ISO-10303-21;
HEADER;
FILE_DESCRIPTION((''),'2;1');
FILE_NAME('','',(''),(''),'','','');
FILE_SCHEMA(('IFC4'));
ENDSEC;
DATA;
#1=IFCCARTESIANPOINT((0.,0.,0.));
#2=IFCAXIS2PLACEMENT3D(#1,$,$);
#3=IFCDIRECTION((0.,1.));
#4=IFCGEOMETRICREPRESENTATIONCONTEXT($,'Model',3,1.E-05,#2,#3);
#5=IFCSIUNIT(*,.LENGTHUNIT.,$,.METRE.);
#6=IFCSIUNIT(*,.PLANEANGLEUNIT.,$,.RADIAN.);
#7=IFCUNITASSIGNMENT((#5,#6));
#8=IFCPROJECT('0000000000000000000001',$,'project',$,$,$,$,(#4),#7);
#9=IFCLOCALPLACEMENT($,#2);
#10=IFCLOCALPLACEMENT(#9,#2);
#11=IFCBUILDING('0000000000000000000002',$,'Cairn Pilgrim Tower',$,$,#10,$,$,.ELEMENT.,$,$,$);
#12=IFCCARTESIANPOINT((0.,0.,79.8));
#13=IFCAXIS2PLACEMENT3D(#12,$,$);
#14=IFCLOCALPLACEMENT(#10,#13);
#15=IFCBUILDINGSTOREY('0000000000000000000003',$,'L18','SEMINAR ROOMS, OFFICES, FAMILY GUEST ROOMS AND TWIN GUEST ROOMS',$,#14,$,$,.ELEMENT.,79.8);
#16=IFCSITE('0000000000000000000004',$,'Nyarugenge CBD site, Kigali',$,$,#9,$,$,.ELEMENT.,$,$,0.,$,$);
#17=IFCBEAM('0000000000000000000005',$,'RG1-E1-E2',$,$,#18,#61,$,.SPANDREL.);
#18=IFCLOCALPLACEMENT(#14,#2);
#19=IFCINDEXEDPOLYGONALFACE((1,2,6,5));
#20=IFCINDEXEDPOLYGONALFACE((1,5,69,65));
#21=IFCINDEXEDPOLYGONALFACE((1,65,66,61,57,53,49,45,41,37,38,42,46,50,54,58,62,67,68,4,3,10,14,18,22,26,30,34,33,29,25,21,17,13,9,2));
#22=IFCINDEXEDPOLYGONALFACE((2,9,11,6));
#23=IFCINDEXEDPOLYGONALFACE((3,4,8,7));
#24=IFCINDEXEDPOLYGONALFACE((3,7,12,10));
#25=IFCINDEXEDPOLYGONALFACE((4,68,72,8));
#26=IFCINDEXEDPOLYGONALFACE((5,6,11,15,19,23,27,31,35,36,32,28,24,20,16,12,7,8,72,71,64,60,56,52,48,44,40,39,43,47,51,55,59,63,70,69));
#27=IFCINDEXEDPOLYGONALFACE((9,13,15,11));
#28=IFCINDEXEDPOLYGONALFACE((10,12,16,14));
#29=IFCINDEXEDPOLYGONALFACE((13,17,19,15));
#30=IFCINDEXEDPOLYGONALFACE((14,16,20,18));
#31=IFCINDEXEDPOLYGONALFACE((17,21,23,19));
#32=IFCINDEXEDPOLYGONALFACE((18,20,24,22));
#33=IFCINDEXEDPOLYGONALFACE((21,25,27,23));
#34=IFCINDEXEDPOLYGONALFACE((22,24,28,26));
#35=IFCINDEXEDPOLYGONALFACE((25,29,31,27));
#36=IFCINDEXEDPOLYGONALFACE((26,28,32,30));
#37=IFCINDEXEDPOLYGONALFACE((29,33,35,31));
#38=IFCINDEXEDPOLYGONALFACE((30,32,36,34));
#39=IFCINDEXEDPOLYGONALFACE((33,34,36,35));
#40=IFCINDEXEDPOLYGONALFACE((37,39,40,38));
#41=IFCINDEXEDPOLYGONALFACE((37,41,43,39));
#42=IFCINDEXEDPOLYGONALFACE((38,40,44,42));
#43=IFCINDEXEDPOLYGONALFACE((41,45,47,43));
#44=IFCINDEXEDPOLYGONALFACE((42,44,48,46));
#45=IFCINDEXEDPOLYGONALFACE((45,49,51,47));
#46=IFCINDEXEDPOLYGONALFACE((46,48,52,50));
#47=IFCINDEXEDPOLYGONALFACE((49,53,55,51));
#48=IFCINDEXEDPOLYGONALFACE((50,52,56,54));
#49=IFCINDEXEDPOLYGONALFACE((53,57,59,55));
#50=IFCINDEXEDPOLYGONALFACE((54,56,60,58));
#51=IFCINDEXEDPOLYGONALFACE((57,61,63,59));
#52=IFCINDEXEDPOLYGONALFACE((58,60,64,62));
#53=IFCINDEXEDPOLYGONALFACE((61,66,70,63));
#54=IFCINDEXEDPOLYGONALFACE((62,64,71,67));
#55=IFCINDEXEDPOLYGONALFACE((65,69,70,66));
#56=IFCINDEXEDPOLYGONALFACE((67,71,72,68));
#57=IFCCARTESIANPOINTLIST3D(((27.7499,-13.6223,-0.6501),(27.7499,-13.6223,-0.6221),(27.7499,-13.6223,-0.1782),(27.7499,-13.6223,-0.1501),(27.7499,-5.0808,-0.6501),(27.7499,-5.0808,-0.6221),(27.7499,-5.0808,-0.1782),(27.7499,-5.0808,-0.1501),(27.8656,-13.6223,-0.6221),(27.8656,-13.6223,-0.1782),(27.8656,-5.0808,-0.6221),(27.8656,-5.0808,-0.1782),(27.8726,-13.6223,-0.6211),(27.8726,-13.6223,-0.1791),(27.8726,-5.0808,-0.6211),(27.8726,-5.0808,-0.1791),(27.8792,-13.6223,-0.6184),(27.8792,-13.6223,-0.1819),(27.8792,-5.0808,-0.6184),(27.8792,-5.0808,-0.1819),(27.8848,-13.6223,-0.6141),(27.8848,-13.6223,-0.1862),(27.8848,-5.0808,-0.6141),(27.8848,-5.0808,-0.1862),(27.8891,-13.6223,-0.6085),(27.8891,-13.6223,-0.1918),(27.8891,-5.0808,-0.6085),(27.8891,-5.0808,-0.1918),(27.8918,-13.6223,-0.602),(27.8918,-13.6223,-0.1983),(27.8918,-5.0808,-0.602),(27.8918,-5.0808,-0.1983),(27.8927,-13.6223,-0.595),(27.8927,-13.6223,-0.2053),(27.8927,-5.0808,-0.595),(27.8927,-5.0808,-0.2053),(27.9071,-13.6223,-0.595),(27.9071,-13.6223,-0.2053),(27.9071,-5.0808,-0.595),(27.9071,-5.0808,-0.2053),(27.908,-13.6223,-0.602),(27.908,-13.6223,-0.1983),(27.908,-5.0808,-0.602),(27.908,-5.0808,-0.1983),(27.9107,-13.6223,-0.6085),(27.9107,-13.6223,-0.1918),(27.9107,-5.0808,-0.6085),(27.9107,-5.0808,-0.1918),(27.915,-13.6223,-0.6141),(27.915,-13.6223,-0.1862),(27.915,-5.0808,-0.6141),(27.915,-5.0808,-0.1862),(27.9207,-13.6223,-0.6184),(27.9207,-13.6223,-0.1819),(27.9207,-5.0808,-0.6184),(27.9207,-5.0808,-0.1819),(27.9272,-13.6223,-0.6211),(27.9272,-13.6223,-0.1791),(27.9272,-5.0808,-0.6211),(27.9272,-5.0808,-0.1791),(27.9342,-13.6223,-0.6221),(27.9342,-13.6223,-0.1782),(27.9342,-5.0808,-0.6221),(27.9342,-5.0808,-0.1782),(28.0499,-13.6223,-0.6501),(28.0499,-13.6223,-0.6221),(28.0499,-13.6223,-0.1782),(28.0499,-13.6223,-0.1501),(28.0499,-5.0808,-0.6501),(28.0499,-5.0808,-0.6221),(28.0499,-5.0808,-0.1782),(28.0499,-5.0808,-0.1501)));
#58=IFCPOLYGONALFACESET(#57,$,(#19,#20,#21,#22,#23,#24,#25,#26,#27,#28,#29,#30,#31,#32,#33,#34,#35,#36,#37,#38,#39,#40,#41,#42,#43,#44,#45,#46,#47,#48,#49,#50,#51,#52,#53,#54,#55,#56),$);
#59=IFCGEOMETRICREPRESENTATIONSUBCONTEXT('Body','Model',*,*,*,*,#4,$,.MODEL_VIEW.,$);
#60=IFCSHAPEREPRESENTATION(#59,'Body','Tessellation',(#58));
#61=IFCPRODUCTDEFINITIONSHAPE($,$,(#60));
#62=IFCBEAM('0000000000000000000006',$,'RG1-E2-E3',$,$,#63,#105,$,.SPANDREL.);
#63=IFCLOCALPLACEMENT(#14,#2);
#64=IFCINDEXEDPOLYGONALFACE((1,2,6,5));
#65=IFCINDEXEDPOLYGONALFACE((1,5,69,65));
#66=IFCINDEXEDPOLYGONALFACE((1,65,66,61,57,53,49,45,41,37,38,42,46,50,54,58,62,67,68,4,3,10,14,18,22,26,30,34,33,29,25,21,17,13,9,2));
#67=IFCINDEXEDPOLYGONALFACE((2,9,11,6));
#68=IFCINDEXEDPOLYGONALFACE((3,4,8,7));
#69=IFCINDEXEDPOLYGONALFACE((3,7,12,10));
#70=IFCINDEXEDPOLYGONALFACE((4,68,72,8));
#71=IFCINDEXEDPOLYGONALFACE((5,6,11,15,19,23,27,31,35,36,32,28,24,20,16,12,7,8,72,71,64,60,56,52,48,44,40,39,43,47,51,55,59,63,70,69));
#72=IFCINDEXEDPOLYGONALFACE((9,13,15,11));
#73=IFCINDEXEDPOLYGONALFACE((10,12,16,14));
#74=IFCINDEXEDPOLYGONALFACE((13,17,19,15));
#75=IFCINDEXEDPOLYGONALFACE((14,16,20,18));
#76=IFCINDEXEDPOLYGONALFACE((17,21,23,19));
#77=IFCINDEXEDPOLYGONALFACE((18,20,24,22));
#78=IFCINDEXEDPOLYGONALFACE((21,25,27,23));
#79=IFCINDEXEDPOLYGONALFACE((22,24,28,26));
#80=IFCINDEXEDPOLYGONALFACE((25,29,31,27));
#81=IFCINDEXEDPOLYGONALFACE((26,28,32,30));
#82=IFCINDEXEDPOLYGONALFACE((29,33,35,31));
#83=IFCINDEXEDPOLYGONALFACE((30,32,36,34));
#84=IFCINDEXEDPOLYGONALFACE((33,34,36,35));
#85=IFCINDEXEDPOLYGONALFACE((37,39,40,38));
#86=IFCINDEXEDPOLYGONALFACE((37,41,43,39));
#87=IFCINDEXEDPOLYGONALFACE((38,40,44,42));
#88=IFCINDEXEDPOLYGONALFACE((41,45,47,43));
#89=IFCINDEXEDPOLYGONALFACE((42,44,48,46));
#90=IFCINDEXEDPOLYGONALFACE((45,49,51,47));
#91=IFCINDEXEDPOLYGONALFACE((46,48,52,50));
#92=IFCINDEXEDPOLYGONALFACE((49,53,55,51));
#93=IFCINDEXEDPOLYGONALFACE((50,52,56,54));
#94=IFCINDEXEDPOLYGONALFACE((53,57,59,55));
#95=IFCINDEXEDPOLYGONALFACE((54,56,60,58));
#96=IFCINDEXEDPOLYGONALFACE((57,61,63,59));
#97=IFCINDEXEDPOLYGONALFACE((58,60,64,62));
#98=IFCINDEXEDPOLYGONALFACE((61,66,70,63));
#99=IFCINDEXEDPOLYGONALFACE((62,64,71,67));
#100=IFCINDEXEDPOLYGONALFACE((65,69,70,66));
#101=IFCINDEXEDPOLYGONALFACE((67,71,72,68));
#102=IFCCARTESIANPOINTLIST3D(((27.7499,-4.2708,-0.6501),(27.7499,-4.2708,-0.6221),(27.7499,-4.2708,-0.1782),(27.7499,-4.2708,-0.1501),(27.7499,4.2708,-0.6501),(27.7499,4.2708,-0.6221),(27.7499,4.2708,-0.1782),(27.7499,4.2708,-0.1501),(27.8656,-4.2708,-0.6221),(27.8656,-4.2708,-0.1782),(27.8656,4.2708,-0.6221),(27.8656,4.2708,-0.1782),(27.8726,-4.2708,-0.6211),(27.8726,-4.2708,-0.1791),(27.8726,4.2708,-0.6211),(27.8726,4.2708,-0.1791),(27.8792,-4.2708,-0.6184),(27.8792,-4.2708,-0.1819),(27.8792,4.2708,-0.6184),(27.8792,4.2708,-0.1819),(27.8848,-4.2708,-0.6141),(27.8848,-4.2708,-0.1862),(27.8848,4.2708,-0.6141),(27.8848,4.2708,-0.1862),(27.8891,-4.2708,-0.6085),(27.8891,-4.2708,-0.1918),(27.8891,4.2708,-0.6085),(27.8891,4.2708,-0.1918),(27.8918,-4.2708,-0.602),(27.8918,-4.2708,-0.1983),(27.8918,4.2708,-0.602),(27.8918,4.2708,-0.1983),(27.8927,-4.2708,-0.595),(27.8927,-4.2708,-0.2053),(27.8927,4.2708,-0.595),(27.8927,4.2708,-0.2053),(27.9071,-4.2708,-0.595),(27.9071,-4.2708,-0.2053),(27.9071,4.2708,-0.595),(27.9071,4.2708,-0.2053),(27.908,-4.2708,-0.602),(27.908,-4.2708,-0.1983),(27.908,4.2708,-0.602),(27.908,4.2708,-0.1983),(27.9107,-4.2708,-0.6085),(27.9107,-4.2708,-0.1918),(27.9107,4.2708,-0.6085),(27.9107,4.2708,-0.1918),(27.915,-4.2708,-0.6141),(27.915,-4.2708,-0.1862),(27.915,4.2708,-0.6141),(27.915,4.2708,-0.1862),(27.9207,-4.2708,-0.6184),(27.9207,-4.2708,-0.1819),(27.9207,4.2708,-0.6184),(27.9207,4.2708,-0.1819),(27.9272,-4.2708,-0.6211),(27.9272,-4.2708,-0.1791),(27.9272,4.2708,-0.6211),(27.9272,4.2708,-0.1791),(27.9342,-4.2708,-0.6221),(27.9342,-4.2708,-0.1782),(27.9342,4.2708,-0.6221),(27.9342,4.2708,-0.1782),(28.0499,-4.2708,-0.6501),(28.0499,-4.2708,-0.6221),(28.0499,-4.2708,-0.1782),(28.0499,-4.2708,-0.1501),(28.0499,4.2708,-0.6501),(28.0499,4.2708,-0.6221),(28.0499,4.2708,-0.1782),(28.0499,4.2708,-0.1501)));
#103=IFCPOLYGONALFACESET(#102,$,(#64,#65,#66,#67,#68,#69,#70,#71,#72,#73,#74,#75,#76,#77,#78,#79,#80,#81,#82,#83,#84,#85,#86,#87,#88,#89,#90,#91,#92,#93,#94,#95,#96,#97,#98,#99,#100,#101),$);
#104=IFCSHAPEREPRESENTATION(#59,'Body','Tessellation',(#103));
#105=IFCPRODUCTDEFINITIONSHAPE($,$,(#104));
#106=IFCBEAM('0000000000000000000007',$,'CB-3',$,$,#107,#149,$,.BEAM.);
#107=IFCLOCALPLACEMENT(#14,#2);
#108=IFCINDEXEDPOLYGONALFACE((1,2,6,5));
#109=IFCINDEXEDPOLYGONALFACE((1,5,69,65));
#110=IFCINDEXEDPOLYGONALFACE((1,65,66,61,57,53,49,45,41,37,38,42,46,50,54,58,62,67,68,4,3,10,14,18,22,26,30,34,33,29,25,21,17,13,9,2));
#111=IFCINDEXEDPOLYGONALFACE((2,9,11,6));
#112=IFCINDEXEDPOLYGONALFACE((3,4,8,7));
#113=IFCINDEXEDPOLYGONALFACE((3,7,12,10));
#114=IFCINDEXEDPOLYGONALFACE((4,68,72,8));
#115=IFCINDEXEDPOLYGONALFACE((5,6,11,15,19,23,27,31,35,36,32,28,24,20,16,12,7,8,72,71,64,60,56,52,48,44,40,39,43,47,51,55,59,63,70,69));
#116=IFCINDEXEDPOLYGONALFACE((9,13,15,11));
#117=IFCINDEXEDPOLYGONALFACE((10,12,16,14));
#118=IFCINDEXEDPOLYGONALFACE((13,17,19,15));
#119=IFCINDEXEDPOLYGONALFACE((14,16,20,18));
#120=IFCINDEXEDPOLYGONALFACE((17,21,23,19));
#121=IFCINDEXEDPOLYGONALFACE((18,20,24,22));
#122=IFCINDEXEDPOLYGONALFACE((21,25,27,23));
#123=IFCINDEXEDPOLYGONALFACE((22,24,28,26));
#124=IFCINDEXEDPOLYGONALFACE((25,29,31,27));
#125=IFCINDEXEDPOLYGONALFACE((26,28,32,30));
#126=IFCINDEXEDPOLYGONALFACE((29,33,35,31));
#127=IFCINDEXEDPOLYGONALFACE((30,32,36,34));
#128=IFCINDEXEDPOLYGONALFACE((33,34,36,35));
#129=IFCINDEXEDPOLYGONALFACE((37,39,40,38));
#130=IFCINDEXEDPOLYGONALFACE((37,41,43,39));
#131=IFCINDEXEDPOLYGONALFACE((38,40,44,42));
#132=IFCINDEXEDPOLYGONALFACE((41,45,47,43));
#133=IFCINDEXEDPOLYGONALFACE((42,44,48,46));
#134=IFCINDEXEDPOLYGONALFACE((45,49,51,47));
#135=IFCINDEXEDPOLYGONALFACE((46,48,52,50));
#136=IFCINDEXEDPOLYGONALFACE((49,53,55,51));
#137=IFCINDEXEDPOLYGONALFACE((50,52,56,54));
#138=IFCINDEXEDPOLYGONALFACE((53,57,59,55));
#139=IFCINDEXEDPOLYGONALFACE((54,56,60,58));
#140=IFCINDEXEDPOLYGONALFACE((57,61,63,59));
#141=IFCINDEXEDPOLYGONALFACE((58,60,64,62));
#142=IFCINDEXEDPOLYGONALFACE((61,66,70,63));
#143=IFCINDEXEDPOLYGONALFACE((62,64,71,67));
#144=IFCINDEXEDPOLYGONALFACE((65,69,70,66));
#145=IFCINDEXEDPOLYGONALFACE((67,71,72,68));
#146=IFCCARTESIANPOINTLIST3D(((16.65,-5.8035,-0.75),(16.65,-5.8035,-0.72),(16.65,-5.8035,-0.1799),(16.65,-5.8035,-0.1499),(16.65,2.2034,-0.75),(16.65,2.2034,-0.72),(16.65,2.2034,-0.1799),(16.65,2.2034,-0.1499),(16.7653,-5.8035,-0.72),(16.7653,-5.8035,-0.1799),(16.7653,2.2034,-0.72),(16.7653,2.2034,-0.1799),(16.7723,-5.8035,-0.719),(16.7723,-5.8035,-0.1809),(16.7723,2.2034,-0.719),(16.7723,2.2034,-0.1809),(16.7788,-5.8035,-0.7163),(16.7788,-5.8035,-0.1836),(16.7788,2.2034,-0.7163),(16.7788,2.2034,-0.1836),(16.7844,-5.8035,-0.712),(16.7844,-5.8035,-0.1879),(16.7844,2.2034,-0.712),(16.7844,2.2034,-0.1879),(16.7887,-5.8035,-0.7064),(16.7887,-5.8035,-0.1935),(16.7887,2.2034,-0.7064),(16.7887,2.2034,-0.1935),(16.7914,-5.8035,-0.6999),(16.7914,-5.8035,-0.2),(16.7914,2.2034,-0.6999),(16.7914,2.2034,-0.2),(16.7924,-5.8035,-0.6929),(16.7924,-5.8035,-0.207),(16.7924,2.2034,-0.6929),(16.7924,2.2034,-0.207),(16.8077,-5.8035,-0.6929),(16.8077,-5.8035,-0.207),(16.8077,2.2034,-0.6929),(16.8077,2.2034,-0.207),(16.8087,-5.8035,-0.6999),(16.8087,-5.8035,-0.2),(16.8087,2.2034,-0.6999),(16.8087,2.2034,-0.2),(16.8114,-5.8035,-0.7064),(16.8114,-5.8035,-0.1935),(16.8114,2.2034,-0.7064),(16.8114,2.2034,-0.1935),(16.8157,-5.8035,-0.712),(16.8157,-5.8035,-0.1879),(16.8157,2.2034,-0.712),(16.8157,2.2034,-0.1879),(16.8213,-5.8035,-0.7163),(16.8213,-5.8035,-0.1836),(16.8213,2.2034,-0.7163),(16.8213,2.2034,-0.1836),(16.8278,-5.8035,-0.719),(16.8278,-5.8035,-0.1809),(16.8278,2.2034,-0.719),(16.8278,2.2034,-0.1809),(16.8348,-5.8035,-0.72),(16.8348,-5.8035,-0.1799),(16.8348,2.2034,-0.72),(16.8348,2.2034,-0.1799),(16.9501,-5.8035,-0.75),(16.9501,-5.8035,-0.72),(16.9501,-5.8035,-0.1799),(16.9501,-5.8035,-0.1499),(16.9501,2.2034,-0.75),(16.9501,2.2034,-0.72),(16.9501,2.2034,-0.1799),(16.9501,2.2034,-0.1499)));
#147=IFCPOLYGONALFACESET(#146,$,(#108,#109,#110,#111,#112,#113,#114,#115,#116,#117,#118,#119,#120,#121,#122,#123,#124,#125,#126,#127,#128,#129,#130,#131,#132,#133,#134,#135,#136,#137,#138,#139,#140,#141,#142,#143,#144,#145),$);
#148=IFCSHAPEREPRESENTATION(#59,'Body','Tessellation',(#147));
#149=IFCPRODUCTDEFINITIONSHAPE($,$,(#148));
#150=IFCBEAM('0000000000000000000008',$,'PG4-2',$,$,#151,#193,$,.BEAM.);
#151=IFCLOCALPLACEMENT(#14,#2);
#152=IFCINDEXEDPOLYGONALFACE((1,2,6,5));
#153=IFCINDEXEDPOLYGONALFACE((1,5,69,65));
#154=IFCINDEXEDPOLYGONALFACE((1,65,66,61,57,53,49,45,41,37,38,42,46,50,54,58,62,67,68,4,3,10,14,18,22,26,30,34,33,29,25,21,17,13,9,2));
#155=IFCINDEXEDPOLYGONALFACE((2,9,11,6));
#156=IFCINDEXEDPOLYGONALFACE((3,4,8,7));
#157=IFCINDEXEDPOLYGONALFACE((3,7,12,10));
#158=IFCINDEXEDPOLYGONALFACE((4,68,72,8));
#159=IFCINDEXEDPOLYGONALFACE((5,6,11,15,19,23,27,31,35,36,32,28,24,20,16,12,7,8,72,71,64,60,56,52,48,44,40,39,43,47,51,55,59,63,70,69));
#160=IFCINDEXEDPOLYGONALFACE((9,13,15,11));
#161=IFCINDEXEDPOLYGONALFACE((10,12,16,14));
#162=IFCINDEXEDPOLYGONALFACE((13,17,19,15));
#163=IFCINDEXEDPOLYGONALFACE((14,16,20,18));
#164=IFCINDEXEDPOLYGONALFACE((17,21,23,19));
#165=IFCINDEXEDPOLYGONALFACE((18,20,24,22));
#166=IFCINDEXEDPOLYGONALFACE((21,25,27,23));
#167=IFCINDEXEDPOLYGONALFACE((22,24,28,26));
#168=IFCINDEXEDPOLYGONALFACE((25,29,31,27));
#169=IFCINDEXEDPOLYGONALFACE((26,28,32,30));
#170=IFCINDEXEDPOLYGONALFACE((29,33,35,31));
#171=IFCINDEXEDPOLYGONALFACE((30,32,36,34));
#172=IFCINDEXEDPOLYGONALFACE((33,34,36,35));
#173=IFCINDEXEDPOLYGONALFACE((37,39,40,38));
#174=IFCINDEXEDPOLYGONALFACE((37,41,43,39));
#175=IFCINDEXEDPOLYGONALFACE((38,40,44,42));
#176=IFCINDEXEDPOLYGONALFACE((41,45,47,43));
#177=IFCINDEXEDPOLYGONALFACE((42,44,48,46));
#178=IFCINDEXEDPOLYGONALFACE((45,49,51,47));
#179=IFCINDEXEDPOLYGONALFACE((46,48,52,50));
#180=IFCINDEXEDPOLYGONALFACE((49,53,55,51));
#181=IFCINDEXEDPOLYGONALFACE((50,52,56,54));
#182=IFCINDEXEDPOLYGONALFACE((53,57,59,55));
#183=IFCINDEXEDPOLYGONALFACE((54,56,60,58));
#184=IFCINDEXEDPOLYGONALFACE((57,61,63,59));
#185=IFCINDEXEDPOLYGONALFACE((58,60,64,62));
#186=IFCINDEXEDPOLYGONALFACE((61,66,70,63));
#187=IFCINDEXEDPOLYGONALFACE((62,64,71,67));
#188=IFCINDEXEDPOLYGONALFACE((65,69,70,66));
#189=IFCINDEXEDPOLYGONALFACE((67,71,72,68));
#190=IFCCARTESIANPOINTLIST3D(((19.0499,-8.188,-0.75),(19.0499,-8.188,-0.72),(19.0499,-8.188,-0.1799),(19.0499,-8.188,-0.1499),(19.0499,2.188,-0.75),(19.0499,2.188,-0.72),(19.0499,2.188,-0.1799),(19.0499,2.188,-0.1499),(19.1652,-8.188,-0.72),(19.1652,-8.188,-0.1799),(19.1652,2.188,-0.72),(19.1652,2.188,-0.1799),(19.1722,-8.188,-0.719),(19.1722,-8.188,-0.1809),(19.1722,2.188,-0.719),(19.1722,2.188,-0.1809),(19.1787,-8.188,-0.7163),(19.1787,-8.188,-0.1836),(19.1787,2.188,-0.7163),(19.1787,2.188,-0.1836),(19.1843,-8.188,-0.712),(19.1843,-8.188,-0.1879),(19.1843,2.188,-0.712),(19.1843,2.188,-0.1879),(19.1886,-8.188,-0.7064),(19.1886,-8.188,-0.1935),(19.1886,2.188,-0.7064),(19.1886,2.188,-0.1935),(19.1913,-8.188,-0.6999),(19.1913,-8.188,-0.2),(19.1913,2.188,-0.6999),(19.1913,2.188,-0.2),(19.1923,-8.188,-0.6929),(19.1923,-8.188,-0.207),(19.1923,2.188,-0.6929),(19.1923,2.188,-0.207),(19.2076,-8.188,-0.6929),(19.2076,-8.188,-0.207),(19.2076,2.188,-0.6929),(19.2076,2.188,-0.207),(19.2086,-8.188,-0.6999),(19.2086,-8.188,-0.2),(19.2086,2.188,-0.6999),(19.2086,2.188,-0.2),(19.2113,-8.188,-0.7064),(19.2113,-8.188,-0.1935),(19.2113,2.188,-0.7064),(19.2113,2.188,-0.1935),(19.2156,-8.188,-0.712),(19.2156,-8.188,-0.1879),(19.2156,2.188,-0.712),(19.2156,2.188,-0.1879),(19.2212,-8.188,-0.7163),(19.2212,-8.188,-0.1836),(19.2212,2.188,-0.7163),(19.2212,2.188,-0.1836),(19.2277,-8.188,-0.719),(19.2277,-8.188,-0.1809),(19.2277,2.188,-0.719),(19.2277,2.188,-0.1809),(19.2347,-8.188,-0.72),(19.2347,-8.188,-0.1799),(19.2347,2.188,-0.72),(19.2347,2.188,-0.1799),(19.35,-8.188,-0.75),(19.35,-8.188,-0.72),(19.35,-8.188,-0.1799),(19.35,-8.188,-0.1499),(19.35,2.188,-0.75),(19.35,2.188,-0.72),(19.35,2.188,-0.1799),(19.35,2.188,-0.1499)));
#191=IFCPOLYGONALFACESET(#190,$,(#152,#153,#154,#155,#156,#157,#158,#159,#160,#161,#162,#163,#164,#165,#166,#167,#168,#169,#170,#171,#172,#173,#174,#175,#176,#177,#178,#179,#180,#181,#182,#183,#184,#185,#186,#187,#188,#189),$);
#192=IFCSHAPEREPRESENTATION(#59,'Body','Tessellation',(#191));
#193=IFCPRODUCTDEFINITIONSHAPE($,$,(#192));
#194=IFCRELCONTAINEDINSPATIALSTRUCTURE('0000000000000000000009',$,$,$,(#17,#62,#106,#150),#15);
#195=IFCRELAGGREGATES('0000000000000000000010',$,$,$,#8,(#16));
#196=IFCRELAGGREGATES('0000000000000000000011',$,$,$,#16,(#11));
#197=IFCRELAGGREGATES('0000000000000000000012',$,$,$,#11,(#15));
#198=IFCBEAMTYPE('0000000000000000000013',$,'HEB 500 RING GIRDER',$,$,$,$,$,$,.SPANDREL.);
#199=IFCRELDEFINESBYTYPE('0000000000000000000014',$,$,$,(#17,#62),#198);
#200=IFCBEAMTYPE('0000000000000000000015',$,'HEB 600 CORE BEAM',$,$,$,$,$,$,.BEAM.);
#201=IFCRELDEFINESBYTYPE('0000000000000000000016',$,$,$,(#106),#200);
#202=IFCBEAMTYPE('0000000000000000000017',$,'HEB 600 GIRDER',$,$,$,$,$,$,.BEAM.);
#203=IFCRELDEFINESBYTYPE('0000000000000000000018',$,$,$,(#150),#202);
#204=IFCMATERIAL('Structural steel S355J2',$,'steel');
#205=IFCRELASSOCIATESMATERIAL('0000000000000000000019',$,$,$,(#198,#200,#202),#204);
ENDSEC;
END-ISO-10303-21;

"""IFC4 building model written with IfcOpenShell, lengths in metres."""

from ifc_helpers import new_model, si_unit, direction, frame, origin, origin_2d, place, context, subcontext, project, spatial, i_section, extrude, material, material_profile, profile_set, type_object, element, save


model = new_model("IFC4")

# Units and contexts
model_context = context("Model", 3, precision=1e-05, world=origin(), true_north=direction((0.0, 1.0)))
body_context = subcontext(model_context, "Body", "Model", "MODEL_VIEW")
ifc_project = project(units=[si_unit("LENGTHUNIT", "METRE"), si_unit("PLANEANGLEUNIT", "RADIAN")], contexts=[model_context])

# Site, building, storey
site_placement = place(None, origin())
site = spatial("IfcSite", under=ifc_project, at=site_placement, Name="Nyarugenge CBD site, Kigali", CompositionType="ELEMENT", RefElevation=0.0)
building_placement = place(site_placement, origin())
building = spatial("IfcBuilding", under=site, at=building_placement, Name="Cairn Pilgrim Tower", CompositionType="ELEMENT")
storey_placement = place(building_placement, frame((0.0, 0.0, 79.8)))
storey = spatial("IfcBuildingStorey", under=building, at=storey_placement, Name="L18", Description="SEMINAR ROOMS, OFFICES, FAMILY GUEST ROOMS AND TWIN GUEST ROOMS", CompositionType="ELEMENT", Elevation=79.8)

# Beams
ifc_material_1 = material(Name="Structural steel S355J2", Category="steel")
ifc_material_profile_1 = material_profile(ifc_material_1, i_section(OverallWidth=0.3, OverallDepth=0.5, WebThickness=0.0144, FlangeThickness=0.0281, FilletRadius=0.0271, at=origin_2d()), Name="HEB 500")
ifc_profile_set_1 = profile_set([ifc_material_profile_1], Name="Structural steel S355J2")
beam_type_1 = type_object("IfcBeamType", Name="HEB 500 RING GIRDER", PredefinedType="SPANDREL", material=ifc_profile_set_1)
for number, where, z_axis, x_axis, name in (
    (1, (27.8999, -13.6223, -0.4001), (0.0, 1.0, 0.0), (-1.0, 0.0, 0.0), "RG1-E1-E2"),
    (2, (27.8999, -4.2708, -0.4001), (0.0, 1.0, 0.0), (-1.0, 0.0, 0.0), "RG1-E2-E3"),
):
    element("IfcBeam", number, at=place(storey_placement, frame(where, z_axis=z_axis, x_axis=x_axis)), inside=storey, type_object=beam_type_1, Name=name, PredefinedType="SPANDREL", context=body_context, shape_type="SweptSolid", body=[
        extrude(i_section(OverallWidth=0.3, OverallDepth=0.5, WebThickness=0.0144, FlangeThickness=0.0281, FilletRadius=0.0271, at=origin_2d()), origin(), (0.0, 0.0, 1.0), 8.5415),
    ])
ifc_material_profile_2 = material_profile(ifc_material_1, i_section(OverallWidth=0.3, OverallDepth=0.6001, WebThickness=0.0154, FlangeThickness=0.03, FilletRadius=0.0271, at=origin_2d()), Name="HEB 600")
ifc_profile_set_2 = profile_set([ifc_material_profile_2], Name="Structural steel S355J2")
beam_type_2 = type_object("IfcBeamType", Name="HEB 600 CORE BEAM", PredefinedType="BEAM", material=ifc_profile_set_2)
beam_1_placement = place(storey_placement, frame((16.8, -5.8035, -0.45), z_axis=(0.0, 1.0, 0.0), x_axis=(-1.0, 0.0, 0.0)))
element("IfcBeam", 3, at=beam_1_placement, inside=storey, type_object=beam_type_2, Name="CB-3", PredefinedType="BEAM", context=body_context, shape_type="SweptSolid", body=[
    extrude(i_section(OverallWidth=0.3, OverallDepth=0.6001, WebThickness=0.0154, FlangeThickness=0.03, FilletRadius=0.0271, at=origin_2d()), origin(), (0.0, 0.0, 1.0), 8.0068),
])
ifc_material_profile_3 = material_profile(ifc_material_1, i_section(OverallWidth=0.3, OverallDepth=0.6001, WebThickness=0.0154, FlangeThickness=0.03, FilletRadius=0.0271, at=origin_2d()), Name="HEB 600")
ifc_profile_set_3 = profile_set([ifc_material_profile_3], Name="Structural steel S355J2")
beam_type_3 = type_object("IfcBeamType", Name="HEB 600 GIRDER", PredefinedType="BEAM", material=ifc_profile_set_3)
beam_2_placement = place(storey_placement, frame((19.2, -8.188, -0.45), z_axis=(0.0, 1.0, 0.0), x_axis=(-1.0, 0.0, 0.0)))
element("IfcBeam", 4, at=beam_2_placement, inside=storey, type_object=beam_type_3, Name="PG4-2", PredefinedType="BEAM", context=body_context, shape_type="SweptSolid", body=[
    extrude(i_section(OverallWidth=0.3, OverallDepth=0.6001, WebThickness=0.0154, FlangeThickness=0.03, FilletRadius=0.0271, at=origin_2d()), origin(), (0.0, 0.0, 1.0), 10.376),
])

save(model, "model.ifc")
